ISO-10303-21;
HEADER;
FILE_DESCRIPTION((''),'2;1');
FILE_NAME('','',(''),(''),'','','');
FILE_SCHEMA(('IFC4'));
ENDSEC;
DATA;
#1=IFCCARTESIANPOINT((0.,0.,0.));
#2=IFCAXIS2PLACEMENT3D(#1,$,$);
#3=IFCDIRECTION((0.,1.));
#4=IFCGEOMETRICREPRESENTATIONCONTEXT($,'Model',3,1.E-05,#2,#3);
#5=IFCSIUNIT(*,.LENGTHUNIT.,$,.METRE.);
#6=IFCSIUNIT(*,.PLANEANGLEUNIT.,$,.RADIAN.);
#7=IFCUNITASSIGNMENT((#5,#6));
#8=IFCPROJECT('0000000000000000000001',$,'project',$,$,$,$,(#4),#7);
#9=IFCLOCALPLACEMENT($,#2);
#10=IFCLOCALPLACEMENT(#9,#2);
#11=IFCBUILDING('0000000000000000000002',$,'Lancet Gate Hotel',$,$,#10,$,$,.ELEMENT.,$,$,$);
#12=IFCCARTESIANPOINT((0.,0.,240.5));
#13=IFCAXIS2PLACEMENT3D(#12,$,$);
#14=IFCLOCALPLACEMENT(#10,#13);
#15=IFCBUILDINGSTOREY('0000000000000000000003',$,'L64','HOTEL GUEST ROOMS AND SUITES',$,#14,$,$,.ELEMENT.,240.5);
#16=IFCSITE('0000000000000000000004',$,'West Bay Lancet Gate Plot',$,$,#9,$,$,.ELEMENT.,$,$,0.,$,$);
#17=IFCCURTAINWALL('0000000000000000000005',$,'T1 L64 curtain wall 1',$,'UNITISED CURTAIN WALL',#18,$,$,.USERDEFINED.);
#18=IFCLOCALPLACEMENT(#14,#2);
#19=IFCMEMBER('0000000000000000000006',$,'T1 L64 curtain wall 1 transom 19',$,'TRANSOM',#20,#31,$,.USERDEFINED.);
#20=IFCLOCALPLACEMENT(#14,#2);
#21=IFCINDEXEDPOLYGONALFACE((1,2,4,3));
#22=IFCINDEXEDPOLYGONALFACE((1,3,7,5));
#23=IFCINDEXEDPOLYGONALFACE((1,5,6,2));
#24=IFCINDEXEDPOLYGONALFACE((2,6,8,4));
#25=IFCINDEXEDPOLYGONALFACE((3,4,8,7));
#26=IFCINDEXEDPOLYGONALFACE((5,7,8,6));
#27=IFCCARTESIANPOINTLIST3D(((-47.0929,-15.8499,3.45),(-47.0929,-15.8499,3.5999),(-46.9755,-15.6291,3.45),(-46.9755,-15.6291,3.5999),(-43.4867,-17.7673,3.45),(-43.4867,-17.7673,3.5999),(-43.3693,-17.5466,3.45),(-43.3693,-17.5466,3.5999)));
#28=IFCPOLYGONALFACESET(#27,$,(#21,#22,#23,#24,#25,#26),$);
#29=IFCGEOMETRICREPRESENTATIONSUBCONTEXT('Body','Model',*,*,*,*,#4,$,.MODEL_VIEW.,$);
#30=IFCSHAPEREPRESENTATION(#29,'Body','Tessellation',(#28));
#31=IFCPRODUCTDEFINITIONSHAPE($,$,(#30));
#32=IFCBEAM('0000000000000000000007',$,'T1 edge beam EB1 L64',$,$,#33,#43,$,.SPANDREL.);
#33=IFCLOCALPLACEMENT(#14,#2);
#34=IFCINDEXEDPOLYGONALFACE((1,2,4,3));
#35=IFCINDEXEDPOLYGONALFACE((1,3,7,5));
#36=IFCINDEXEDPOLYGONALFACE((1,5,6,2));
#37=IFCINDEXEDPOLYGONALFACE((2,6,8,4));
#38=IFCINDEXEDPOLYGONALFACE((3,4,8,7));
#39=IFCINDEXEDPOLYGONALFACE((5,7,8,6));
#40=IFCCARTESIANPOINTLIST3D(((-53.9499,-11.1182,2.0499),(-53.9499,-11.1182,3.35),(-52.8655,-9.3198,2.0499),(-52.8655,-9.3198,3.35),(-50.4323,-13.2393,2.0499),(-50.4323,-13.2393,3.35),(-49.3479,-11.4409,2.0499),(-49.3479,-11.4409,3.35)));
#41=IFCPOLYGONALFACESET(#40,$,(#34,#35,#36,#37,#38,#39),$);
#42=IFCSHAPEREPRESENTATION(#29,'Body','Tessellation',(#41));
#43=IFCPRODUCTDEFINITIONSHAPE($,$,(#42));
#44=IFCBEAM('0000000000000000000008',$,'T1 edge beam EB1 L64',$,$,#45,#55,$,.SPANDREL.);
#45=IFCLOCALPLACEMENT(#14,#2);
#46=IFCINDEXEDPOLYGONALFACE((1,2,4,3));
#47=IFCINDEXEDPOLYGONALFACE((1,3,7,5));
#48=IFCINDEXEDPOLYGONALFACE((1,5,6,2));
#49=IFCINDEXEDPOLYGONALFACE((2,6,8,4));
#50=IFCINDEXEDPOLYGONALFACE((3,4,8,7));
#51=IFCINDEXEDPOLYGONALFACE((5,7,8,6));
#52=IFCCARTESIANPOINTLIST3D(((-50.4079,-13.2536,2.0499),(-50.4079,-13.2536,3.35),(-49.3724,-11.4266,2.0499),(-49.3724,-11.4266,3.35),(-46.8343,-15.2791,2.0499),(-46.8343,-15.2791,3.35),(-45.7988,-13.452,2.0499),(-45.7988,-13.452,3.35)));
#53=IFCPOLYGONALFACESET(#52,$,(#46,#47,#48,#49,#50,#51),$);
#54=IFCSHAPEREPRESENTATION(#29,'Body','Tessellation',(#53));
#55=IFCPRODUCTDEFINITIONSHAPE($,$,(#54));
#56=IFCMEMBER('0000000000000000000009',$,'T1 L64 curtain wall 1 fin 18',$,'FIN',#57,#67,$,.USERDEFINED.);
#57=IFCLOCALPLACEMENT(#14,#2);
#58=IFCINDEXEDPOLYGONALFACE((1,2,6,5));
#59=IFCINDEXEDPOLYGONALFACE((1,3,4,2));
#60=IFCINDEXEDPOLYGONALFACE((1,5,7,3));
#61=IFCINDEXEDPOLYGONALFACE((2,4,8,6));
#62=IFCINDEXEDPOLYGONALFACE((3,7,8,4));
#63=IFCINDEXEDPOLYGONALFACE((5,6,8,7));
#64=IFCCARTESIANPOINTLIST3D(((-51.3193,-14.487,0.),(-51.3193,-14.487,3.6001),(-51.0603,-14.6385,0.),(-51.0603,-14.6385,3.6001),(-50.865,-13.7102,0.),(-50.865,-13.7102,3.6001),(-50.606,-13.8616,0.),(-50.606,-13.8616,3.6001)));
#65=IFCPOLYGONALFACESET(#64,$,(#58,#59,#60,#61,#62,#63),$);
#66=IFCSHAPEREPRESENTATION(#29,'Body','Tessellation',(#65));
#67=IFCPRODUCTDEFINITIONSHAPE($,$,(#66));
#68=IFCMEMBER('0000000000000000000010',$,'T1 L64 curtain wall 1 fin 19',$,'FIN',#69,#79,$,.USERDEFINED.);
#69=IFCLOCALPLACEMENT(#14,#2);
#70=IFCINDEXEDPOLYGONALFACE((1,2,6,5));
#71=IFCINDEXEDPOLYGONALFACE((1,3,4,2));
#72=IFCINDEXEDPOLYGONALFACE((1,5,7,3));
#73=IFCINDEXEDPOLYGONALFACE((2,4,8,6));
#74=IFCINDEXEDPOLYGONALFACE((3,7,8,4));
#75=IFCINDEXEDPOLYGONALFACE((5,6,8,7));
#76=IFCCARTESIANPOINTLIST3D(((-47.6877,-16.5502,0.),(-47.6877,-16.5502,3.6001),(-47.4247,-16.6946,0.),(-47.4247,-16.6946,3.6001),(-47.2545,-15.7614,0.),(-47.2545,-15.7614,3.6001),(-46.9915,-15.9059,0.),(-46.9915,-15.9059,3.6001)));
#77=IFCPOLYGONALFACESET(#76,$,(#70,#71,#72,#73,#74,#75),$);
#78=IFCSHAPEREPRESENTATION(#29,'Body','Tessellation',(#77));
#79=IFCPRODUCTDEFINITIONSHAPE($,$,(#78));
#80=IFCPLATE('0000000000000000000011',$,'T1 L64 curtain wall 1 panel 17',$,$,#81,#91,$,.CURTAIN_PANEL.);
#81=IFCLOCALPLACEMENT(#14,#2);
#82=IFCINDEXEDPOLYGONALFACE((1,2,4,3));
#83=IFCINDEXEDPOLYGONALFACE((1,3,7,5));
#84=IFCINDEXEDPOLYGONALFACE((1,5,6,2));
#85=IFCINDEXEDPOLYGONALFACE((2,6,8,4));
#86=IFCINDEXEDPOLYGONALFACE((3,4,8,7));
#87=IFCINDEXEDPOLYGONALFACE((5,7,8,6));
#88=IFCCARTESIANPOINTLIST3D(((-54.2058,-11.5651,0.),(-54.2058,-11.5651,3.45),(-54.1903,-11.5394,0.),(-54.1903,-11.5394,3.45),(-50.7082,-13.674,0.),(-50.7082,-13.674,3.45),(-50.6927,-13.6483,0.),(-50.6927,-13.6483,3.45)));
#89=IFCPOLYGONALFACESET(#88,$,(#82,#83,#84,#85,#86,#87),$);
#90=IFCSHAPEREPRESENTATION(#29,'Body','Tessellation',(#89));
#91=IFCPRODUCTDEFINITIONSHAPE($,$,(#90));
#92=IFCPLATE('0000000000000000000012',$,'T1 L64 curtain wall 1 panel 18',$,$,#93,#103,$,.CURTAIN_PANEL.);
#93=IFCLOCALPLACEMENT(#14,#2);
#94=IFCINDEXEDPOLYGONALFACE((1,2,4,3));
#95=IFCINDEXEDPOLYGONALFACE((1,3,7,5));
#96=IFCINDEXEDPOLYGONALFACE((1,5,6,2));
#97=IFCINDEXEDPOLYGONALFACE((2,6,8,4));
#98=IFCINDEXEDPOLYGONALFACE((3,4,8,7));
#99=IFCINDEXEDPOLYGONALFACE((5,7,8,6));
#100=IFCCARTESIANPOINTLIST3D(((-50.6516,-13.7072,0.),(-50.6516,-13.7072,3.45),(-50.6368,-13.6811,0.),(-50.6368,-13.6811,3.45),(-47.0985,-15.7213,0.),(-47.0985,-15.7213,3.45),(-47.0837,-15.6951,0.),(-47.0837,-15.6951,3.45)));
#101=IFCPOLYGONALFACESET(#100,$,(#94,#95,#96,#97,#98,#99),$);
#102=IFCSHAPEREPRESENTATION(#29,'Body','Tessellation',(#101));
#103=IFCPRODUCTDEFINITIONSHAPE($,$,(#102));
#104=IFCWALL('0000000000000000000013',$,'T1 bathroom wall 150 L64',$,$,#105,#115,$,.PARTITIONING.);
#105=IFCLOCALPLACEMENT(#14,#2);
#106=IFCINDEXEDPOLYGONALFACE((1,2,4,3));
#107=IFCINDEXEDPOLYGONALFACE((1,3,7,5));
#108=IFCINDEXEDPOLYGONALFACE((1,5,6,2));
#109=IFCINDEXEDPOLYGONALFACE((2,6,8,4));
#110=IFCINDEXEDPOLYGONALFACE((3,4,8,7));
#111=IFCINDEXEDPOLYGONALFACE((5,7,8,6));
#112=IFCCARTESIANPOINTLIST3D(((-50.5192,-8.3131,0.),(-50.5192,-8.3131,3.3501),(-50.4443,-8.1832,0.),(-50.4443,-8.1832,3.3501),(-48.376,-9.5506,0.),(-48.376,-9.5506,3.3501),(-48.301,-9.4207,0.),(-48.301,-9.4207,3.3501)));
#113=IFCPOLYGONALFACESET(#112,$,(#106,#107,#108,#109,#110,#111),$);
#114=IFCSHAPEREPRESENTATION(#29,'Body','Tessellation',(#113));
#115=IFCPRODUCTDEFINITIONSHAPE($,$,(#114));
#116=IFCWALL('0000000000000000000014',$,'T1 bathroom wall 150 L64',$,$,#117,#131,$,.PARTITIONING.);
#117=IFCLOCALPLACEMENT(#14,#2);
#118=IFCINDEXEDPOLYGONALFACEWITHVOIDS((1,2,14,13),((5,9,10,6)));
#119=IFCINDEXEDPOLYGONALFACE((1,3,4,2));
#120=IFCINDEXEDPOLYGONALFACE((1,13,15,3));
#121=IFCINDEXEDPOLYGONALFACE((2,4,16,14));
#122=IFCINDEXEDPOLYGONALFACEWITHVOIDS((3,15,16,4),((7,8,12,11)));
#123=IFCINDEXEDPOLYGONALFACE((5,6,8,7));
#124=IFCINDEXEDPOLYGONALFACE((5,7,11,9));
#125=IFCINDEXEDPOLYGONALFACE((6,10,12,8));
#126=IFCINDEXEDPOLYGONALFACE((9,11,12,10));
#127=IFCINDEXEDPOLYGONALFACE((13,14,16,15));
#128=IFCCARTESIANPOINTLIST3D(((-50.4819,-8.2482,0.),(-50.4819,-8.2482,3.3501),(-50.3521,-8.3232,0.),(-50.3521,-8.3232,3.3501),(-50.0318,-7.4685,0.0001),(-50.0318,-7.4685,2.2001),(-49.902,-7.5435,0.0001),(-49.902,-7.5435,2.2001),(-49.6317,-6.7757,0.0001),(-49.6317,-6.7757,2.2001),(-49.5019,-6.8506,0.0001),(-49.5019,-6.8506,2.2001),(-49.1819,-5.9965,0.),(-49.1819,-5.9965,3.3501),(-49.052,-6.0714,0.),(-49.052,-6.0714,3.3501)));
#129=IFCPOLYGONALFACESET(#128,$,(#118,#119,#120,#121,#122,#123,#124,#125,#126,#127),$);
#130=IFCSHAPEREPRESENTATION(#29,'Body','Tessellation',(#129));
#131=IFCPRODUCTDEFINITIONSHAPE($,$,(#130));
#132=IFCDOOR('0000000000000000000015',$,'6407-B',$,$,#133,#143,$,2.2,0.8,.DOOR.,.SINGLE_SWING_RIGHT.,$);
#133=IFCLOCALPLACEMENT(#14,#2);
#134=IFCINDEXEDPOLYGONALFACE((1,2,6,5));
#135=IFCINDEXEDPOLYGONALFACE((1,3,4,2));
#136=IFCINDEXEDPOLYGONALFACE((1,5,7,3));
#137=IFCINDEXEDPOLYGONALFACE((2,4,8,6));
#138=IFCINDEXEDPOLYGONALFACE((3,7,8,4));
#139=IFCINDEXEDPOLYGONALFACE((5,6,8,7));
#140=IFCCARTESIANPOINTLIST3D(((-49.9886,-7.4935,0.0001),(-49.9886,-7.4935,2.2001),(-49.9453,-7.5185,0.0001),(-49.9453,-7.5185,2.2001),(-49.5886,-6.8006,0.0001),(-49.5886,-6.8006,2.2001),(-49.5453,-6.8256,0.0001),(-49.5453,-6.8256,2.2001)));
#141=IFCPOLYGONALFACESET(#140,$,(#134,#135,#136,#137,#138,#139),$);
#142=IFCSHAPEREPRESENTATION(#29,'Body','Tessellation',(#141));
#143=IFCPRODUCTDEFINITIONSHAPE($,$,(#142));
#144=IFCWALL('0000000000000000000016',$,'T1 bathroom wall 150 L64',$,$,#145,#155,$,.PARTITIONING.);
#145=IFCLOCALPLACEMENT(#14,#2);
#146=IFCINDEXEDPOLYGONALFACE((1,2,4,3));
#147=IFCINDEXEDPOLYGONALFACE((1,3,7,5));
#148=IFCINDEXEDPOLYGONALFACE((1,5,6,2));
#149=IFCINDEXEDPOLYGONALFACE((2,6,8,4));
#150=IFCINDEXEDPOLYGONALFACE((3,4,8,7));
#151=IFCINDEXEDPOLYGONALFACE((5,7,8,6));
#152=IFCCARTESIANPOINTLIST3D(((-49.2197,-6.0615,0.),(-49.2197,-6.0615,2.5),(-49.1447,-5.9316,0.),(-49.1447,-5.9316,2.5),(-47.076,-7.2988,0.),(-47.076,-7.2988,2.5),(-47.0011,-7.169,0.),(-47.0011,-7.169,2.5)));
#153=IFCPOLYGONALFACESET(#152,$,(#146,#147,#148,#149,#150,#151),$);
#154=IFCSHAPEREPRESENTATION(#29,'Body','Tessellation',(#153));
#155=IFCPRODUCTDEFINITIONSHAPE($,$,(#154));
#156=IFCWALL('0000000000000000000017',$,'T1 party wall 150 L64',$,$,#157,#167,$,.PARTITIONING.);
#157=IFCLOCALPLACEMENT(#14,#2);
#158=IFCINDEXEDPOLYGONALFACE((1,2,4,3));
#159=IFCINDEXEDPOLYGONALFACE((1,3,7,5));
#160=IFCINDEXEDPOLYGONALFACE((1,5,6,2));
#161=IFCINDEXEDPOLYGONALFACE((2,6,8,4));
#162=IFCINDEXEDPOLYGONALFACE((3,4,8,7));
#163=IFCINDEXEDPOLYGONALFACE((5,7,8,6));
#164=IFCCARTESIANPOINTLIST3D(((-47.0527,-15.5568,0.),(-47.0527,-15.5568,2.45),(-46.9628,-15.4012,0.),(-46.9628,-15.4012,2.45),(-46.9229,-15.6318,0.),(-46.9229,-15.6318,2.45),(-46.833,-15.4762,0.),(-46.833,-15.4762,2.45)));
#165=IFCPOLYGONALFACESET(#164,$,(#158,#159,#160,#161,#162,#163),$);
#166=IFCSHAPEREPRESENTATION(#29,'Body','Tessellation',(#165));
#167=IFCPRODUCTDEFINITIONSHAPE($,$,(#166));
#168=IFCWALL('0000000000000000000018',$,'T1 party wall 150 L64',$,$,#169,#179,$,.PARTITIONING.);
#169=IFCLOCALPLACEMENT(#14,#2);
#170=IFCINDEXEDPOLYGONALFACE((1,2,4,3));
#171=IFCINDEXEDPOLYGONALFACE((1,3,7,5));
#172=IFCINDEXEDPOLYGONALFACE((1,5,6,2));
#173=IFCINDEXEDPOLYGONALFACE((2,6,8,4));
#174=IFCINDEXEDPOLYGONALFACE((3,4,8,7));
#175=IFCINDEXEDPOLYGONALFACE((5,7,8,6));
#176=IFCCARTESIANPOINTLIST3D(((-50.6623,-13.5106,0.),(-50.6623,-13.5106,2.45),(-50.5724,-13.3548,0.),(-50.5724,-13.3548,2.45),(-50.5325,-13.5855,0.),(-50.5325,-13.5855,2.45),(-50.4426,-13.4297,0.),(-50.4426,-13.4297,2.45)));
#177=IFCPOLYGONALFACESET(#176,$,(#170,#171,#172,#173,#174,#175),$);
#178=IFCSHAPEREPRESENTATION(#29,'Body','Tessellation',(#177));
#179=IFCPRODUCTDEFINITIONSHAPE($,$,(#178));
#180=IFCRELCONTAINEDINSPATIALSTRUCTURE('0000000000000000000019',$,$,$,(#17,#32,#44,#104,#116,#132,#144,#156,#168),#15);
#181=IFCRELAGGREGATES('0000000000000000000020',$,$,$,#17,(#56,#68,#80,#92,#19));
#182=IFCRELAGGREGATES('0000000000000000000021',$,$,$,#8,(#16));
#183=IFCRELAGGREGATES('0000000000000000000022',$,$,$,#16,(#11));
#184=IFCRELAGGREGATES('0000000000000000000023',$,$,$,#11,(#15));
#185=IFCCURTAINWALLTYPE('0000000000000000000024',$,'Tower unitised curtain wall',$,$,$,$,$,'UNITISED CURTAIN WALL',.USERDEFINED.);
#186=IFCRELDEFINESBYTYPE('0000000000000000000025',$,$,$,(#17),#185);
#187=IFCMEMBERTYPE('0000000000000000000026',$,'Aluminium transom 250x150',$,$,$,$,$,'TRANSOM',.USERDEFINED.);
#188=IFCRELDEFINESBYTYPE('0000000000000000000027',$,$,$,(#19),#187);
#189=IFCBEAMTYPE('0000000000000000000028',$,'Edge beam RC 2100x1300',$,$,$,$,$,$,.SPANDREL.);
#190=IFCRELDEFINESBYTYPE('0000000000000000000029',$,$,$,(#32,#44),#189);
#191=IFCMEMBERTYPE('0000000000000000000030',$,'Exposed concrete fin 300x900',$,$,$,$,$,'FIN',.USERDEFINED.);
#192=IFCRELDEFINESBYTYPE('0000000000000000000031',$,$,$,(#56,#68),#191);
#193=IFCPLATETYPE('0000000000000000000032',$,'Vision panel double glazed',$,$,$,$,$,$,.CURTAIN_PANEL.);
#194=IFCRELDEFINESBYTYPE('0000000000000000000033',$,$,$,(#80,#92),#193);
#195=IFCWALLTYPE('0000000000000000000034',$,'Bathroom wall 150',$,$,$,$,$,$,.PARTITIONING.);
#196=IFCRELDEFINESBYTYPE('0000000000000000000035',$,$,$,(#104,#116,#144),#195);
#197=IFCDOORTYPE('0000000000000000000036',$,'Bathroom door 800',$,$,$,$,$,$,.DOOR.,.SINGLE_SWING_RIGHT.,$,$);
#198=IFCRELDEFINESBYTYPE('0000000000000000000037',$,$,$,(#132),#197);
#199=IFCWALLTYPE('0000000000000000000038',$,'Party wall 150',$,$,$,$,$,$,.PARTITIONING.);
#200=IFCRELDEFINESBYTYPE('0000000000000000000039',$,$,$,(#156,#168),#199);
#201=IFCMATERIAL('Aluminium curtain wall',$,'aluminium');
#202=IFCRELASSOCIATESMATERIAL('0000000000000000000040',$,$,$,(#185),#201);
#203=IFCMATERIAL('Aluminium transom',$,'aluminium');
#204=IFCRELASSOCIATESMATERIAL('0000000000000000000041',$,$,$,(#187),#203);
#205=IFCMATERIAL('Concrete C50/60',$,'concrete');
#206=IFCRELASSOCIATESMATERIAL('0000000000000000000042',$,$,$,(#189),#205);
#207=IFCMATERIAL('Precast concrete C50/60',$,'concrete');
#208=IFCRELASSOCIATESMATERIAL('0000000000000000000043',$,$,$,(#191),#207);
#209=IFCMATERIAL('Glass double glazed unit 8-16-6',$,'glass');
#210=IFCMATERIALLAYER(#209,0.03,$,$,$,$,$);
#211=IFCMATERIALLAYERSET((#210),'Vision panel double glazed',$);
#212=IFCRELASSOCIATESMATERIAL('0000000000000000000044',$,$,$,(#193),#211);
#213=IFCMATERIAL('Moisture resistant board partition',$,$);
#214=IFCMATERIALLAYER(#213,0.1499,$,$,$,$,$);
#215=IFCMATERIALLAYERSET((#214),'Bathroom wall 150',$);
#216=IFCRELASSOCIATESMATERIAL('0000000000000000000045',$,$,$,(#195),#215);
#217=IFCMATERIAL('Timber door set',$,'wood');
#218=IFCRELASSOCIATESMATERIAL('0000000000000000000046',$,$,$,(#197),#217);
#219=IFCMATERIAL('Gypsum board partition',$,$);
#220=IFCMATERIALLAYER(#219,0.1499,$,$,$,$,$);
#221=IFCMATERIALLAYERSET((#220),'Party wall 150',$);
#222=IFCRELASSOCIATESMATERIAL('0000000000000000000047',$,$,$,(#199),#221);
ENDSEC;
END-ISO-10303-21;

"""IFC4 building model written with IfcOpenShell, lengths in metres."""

from ifc_helpers import new_model, si_unit, direction, frame, frame_2d, origin, origin_2d, place, context, subcontext, project, spatial, rectangle, extrude, material, layer, layer_set, material_profile, profile_set, type_object, element, fill, aggregate, save


model = new_model("IFC4")

# Units and contexts
model_context = context("Model", 3, precision=1e-05, world=origin(), true_north=direction((0.0, 1.0)))
body_context = subcontext(model_context, "Body", "Model", "MODEL_VIEW")
ifc_project = project(units=[si_unit("LENGTHUNIT", "METRE"), si_unit("PLANEANGLEUNIT", "RADIAN")], contexts=[model_context])

# Site, building, storey
site_placement = place(None, origin())
site = spatial("IfcSite", under=ifc_project, at=site_placement, Name="West Bay Lancet Gate Plot", CompositionType="ELEMENT", RefElevation=0.0)
building_placement = place(site_placement, origin())
building = spatial("IfcBuilding", under=site, at=building_placement, Name="Lancet Gate Hotel", CompositionType="ELEMENT")
storey_placement = place(building_placement, frame((0.0, 0.0, 240.5)))
storey = spatial("IfcBuildingStorey", under=building, at=storey_placement, Name="L64", Description="HOTEL GUEST ROOMS AND SUITES", CompositionType="ELEMENT", Elevation=240.5)

# Curtain wall, member
ifc_material_1 = material(Name="Aluminium curtain wall", Category="aluminium")
curtain_wall_type = type_object("IfcCurtainWallType", Name="Tower unitised curtain wall", ElementType="UNITISED CURTAIN WALL", PredefinedType="USERDEFINED", material=ifc_material_1)
curtain_wall_placement = place(storey_placement, origin())
curtain_wall = element("IfcCurtainWall", 1, at=curtain_wall_placement, inside=storey, type_object=curtain_wall_type, Name="T1 L64 curtain wall 1", ObjectType="UNITISED CURTAIN WALL", PredefinedType="USERDEFINED")
ifc_material_2 = material(Name="Aluminium transom", Category="aluminium")
ifc_material_profile_1 = material_profile(ifc_material_2, rectangle(XDim=0.25, YDim=0.1499, at=origin_2d()), Name="TRANSOM 250x150")
ifc_profile_set_1 = profile_set([ifc_material_profile_1], Name="Aluminium transom")
member_type_1 = type_object("IfcMemberType", Name="Aluminium transom 250x150", ElementType="TRANSOM", PredefinedType="USERDEFINED", material=ifc_profile_set_1)
member_1_placement = place(storey_placement, frame((-47.0342, -15.7395, 3.5249), z_axis=(0.882945, -0.469477, 0.0), x_axis=(0.469477, 0.882945, 0.0)))
member_1 = element("IfcMember", 2, at=member_1_placement, type_object=member_type_1, Name="T1 L64 curtain wall 1 transom 19", ObjectType="TRANSOM", PredefinedType="USERDEFINED", context=body_context, shape_type="SweptSolid", body=[
    extrude(rectangle(XDim=0.25, YDim=0.1499, at=origin_2d()), origin(), (0.0, 0.0, 1.0), 4.0842),
])

# Beams
ifc_material_3 = material(Name="Concrete C50/60", Category="concrete")
ifc_material_profile_2 = material_profile(ifc_material_3, rectangle(XDim=2.1001, YDim=1.3, at=origin_2d()), Name="RC 2100x1300")
ifc_profile_set_2 = profile_set([ifc_material_profile_2], Name="Concrete C50/60")
beam_type = type_object("IfcBeamType", Name="Edge beam RC 2100x1300", PredefinedType="SPANDREL", material=ifc_profile_set_2)
for number, where, z_axis, x_axis, name in (
    (3, (-53.4077, -10.219, 2.7), (0.856358, -0.516382, 0.0), (0.516382, 0.856358, 0.0), "T1 edge beam EB1 L64"),
    (4, (-49.8901, -12.3401, 2.7), (0.869979, -0.493089, 0.0), (0.493089, 0.869979, 0.0), "T1 edge beam EB1 L64"),
):
    element("IfcBeam", number, at=place(storey_placement, frame(where, z_axis=z_axis, x_axis=x_axis)), inside=storey, type_object=beam_type, Name=name, PredefinedType="SPANDREL", context=body_context, shape_type="SweptSolid", body=[
        extrude(rectangle(XDim=2.1001, YDim=1.3, at=origin_2d()), origin(), (0.0, 0.0, 1.0), 4.1077),
    ])

# Members
ifc_material_4 = material(Name="Precast concrete C50/60", Category="concrete")
ifc_material_profile_3 = material_profile(ifc_material_4, rectangle(XDim=0.3, YDim=0.8999, at=origin_2d()), Name="FIN 300x900")
ifc_profile_set_3 = profile_set([ifc_material_profile_3], Name="Precast concrete C50/60")
member_type_2 = type_object("IfcMemberType", Name="Exposed concrete fin 300x900", ElementType="FIN", PredefinedType="USERDEFINED", material=ifc_profile_set_3)
member_2_placement = place(storey_placement, frame((-50.9626, -14.1743, 0.0), z_axis=(0.0, 0.0, 1.0), x_axis=(0.863242, -0.50479, 0.0)))
member_2 = element("IfcMember", 5, at=member_2_placement, type_object=member_type_2, Name="T1 L64 curtain wall 1 fin 18", ObjectType="FIN", PredefinedType="USERDEFINED", context=body_context, shape_type="SweptSolid", body=[
    extrude(rectangle(XDim=0.3, YDim=0.8999, at=origin_2d()), origin(), (0.0, 0.0, 1.0), 3.6001),
])
member_3_placement = place(storey_placement, frame((-47.3396, -16.228, 0.0), z_axis=(0.0, 0.0, 1.0), x_axis=(0.876516, -0.481372, 0.0)))
member_3 = element("IfcMember", 6, at=member_3_placement, type_object=member_type_2, Name="T1 L64 curtain wall 1 fin 19", ObjectType="FIN", PredefinedType="USERDEFINED", context=body_context, shape_type="SweptSolid", body=[
    extrude(rectangle(XDim=0.3, YDim=0.8999, at=origin_2d()), origin(), (0.0, 0.0, 1.0), 3.6001),
])

# Plates
ifc_material_5 = material(Name="Glass double glazed unit 8-16-6", Category="glass")
ifc_layer_1 = layer(ifc_material_5, 0.03)
ifc_layer_set_1 = layer_set([ifc_layer_1], Name="Vision panel double glazed")
plate_type = type_object("IfcPlateType", Name="Vision panel double glazed", PredefinedType="CURTAIN_PANEL", material=ifc_layer_set_1)
plate_1_placement = place(storey_placement, frame((-52.4492, -12.6067, 0.0), z_axis=(0.0, 0.0, 1.0), x_axis=(0.85637, -0.516363, 0.0)))
plate_1 = element("IfcPlate", 7, at=plate_1_placement, type_object=plate_type, Name="T1 L64 curtain wall 1 panel 17", PredefinedType="CURTAIN_PANEL", context=body_context, shape_type="SweptSolid", body=[
    extrude(rectangle(XDim=4.0842, YDim=0.03, at=origin_2d()), origin(), (0.0, 0.0, 1.0), 3.45),
])
plate_2_placement = place(storey_placement, frame((-48.8677, -14.7012, 0.0), z_axis=(0.0, 0.0, 1.0), x_axis=(0.869958, -0.493126, 0.0)))
plate_2 = element("IfcPlate", 8, at=plate_2_placement, type_object=plate_type, Name="T1 L64 curtain wall 1 panel 18", PredefinedType="CURTAIN_PANEL", context=body_context, shape_type="SweptSolid", body=[
    extrude(rectangle(XDim=4.0842, YDim=0.03, at=origin_2d()), origin(), (0.0, 0.0, 1.0), 3.45),
])
aggregate(curtain_wall, [member_2, member_3, plate_1, plate_2, member_1])

# Wall
ifc_material_6 = material(Name="Moisture resistant board partition")
ifc_layer_2 = layer(ifc_material_6, 0.1499)
ifc_layer_set_2 = layer_set([ifc_layer_2], Name="Bathroom wall 150")
wall_type_1 = type_object("IfcWallType", Name="Bathroom wall 150", PredefinedType="PARTITIONING", material=ifc_layer_set_2)
wall_1_placement = place(storey_placement, frame((-48.3386, -9.4856, 0.0), z_axis=(0.0, 0.0, 1.0), x_axis=(-0.866007, 0.500033, 0.0)))
element("IfcWall", 9, at=wall_1_placement, inside=storey, type_object=wall_type_1, Name="T1 bathroom wall 150 L64", PredefinedType="PARTITIONING", context=body_context, shape_type="SweptSolid", body=[
    extrude(rectangle(XDim=2.4749, YDim=0.1499, at=frame_2d((1.2373, 0.0))), origin(), (0.0, 0.0, 1.0), 3.3501),
])

# Wall, opening, door
wall_2_placement = place(storey_placement, frame((-49.1169, -6.0339, 0.0), z_axis=(0.0, 0.0, 1.0), x_axis=(-0.500007, -0.866021, 0.0)))
wall_2 = element("IfcWall", 10, at=wall_2_placement, inside=storey, type_object=wall_type_1, Name="T1 bathroom wall 150 L64", PredefinedType="PARTITIONING", context=body_context, shape_type="SweptSolid", body=[
    extrude(rectangle(XDim=2.6001, YDim=0.1499, at=frame_2d((1.3, 0.0))), origin(), (0.0, 0.0, 1.0), 3.3501),
])
opening_placement = place(wall_2_placement, frame((0.8999, 0.0, 0.0)))
opening = element("IfcOpeningElement", 11, at=opening_placement, cuts=wall_2, PredefinedType="OPENING", context=body_context, shape_type="SweptSolid", body=[
    extrude(rectangle(XDim=0.8, YDim=2.2, at=frame_2d((0.3999, 1.1001))), frame((0.0, 0.085, 0.0), z_axis=(0.0, -1.0, 0.0), x_axis=(1.0, 0.0, 0.0)), (0.0, 0.0, 1.0), 0.1699),
])
ifc_material_7 = material(Name="Timber door set", Category="wood")
door_type = type_object("IfcDoorType", Name="Bathroom door 800", OperationType="SINGLE_SWING_RIGHT", PredefinedType="DOOR", material=ifc_material_7)
door_placement = place(opening_placement, origin())
door = element("IfcDoor", 12, at=door_placement, inside=storey, type_object=door_type, Name="6407-B", OperationType="SINGLE_SWING_RIGHT", OverallHeight=2.2, OverallWidth=0.8, PredefinedType="DOOR", context=body_context, shape_type="SweptSolid", body=[
    extrude(rectangle(XDim=0.8, YDim=2.2, at=frame_2d((0.3999, 1.1001))), frame((0.0, 0.0249, 0.0), z_axis=(0.0, -1.0, 0.0), x_axis=(1.0, 0.0, 0.0)), (0.0, 0.0, 1.0), 0.05),
])
fill(opening, door)

# Walls
wall_3_placement = place(storey_placement, frame((-47.0386, -7.2339, 0.0), z_axis=(0.0, 0.0, 1.0), x_axis=(-0.866074, 0.499916, 0.0)))
element("IfcWall", 13, at=wall_3_placement, inside=storey, type_object=wall_type_1, Name="T1 bathroom wall 150 L64", PredefinedType="PARTITIONING", context=body_context, shape_type="SweptSolid", body=[
    extrude(rectangle(XDim=2.4751, YDim=0.1499, at=frame_2d((1.2375, 0.0))), origin(), (0.0, 0.0, 1.0), 2.5),
])
ifc_material_8 = material(Name="Gypsum board partition")
ifc_layer_3 = layer(ifc_material_8, 0.1499)
ifc_layer_set_3 = layer_set([ifc_layer_3], Name="Party wall 150")
wall_type_2 = type_object("IfcWallType", Name="Party wall 150", PredefinedType="PARTITIONING", material=ifc_layer_set_3)
wall_4_placement = place(storey_placement, frame((-46.8979, -15.4387, 0.0), z_axis=(0.0, 0.0, 1.0), x_axis=(-0.500232, -0.865891, 0.0)))
element("IfcWall", 14, at=wall_4_placement, inside=storey, type_object=wall_type_2, Name="T1 party wall 150 L64", PredefinedType="PARTITIONING", context=body_context, shape_type="SweptSolid", body=[
    extrude(rectangle(XDim=0.1797, YDim=0.1499, at=frame_2d((0.0898, 0.0))), origin(), (0.0, 0.0, 1.0), 2.45),
])
wall_5_placement = place(storey_placement, frame((-50.5076, -13.3923, 0.0), z_axis=(0.0, 0.0, 1.0), x_axis=(-0.499644, -0.866231, 0.0)))
element("IfcWall", 15, at=wall_5_placement, inside=storey, type_object=wall_type_2, Name="T1 party wall 150 L64", PredefinedType="PARTITIONING", context=body_context, shape_type="SweptSolid", body=[
    extrude(rectangle(XDim=0.1799, YDim=0.1499, at=frame_2d((0.0898, 0.0))), origin(), (0.0, 0.0, 1.0), 2.45),
])

save(model, "model.ifc")
